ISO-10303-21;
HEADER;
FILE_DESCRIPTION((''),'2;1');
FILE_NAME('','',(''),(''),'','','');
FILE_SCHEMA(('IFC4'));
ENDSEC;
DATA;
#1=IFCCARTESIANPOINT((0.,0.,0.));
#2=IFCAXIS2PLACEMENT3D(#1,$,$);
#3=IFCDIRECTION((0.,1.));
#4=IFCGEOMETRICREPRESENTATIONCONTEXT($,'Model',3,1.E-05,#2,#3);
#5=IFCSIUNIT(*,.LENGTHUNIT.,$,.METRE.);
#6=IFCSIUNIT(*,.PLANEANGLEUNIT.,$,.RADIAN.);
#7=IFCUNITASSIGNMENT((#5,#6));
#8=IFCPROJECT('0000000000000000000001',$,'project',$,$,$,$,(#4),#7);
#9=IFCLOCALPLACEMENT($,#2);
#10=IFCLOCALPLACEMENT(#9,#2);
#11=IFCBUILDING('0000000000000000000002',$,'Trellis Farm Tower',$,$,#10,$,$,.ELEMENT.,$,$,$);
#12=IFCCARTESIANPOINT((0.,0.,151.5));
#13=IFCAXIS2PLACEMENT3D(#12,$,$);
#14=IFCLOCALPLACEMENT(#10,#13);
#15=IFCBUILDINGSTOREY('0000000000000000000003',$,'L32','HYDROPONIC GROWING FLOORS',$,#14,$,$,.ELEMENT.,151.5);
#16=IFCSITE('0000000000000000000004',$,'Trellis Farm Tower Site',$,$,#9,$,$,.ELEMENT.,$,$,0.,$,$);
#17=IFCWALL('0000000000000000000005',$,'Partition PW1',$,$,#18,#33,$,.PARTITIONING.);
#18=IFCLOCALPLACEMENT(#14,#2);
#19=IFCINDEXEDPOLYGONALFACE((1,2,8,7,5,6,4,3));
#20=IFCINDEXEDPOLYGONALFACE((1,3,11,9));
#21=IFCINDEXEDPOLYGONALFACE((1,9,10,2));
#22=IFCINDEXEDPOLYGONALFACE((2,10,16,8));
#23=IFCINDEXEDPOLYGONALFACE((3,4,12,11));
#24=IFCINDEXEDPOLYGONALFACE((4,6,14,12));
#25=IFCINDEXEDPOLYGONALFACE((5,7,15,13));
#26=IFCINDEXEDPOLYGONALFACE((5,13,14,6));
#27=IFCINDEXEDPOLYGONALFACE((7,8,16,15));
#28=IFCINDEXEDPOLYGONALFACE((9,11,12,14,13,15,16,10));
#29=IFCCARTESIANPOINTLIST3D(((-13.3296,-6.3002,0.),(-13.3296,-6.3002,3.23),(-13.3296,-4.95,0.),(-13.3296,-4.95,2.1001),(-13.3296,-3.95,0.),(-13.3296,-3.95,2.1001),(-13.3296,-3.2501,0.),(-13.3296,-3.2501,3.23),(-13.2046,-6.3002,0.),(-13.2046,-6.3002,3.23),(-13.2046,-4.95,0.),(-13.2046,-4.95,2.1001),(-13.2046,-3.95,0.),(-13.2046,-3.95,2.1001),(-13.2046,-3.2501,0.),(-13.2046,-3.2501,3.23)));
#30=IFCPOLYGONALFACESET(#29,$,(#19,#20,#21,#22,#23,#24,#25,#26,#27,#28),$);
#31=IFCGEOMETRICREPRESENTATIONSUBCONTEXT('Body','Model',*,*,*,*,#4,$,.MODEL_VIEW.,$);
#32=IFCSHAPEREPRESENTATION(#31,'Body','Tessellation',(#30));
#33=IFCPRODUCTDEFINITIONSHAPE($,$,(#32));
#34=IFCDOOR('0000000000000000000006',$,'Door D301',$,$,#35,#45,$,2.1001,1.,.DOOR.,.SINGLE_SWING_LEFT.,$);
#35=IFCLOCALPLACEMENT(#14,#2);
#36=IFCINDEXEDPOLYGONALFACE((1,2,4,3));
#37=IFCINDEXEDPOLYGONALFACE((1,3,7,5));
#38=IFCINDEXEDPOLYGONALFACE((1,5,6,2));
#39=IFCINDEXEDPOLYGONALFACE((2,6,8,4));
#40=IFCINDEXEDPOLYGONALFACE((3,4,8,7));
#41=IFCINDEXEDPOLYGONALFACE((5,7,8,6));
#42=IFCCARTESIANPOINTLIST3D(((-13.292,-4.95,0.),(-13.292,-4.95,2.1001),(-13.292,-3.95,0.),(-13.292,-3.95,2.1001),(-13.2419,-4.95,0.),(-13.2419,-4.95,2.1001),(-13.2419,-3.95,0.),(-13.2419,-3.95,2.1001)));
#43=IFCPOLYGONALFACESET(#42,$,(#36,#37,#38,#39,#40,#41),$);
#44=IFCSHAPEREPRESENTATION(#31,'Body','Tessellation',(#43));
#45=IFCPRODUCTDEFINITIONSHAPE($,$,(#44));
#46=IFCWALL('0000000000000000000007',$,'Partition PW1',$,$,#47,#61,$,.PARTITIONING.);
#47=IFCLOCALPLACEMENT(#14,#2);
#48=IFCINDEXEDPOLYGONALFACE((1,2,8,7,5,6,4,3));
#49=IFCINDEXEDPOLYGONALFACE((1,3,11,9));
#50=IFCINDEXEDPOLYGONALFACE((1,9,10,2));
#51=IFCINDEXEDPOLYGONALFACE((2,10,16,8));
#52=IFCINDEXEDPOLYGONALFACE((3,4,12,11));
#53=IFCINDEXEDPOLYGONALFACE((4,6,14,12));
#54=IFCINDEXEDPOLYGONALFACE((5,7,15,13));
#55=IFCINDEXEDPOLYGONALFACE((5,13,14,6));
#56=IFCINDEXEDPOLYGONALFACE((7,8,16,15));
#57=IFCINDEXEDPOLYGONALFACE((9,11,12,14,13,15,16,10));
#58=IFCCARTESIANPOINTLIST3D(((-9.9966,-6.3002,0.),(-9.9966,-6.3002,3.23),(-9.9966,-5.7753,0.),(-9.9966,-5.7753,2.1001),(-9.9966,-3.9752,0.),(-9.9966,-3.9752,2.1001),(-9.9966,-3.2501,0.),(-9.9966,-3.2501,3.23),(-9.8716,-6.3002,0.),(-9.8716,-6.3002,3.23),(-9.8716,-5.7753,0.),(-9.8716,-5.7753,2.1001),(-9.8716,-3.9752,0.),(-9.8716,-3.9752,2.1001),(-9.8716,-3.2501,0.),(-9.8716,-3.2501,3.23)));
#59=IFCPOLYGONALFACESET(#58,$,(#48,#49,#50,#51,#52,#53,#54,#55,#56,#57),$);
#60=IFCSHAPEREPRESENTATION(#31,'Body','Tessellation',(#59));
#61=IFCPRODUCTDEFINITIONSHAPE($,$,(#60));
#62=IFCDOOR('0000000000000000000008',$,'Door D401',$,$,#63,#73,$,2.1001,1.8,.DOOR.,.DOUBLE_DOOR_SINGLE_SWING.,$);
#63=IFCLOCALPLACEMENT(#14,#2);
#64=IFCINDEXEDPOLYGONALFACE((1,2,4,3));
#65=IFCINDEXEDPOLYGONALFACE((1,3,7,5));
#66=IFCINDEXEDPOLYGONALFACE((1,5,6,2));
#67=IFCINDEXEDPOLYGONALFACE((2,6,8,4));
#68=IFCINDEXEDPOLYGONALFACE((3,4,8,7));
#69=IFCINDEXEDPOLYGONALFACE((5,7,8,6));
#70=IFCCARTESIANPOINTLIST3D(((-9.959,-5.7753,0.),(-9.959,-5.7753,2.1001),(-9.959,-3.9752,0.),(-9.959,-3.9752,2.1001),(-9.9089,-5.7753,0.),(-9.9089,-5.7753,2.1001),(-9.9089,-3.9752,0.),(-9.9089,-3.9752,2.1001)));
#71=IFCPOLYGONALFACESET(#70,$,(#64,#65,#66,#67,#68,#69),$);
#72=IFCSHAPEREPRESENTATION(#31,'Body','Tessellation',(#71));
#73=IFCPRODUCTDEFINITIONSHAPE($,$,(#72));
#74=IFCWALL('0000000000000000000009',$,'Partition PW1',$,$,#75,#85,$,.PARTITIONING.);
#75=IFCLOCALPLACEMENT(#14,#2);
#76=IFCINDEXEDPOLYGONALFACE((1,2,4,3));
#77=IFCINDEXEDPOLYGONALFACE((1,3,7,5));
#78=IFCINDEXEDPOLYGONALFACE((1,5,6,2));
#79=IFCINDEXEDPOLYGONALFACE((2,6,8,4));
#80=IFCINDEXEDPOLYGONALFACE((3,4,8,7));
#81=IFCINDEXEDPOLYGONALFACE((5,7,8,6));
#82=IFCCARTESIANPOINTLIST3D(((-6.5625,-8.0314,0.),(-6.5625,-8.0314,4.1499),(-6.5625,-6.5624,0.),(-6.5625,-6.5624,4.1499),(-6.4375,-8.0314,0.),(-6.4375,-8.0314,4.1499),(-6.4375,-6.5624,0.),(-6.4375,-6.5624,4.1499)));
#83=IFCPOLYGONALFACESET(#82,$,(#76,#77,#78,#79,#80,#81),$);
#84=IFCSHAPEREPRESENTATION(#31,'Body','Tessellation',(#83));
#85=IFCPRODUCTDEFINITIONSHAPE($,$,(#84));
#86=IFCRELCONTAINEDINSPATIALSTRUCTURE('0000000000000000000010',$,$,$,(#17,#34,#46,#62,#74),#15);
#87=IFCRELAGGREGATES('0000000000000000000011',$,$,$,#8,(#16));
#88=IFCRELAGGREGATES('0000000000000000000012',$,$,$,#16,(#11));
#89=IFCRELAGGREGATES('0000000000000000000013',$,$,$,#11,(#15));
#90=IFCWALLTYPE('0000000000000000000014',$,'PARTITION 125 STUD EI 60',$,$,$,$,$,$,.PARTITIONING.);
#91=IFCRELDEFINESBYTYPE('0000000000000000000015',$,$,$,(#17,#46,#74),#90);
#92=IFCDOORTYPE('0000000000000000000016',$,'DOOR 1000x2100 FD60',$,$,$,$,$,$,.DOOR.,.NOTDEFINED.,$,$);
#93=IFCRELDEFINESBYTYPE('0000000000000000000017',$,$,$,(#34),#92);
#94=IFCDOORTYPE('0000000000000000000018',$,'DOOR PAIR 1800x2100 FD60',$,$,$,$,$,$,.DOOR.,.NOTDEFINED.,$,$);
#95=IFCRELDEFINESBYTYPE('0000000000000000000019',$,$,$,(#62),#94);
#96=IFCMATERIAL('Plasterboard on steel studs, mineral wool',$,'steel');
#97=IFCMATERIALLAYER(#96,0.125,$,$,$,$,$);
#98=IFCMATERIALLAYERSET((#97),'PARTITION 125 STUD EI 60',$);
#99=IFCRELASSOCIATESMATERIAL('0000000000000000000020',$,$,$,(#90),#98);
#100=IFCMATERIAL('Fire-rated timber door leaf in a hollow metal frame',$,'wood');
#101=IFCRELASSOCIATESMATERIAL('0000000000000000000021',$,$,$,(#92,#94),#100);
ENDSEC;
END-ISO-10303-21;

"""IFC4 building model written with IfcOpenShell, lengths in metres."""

from ifc_helpers import new_model, si_unit, direction, frame, frame_2d, origin, place, context, subcontext, project, spatial, rectangle, extrude, source, transform, mapped, material, layer, layer_set, type_object, element, fill, save


model = new_model("IFC4")

# Units and contexts
model_context = context("Model", 3, precision=1e-05, world=origin(), true_north=direction((0.0, 1.0)))
body_context = subcontext(model_context, "Body", "Model", "MODEL_VIEW")
ifc_project = project(units=[si_unit("LENGTHUNIT", "METRE"), si_unit("PLANEANGLEUNIT", "RADIAN")], contexts=[model_context])

# Site, building, storey
site_placement = place(None, origin())
site = spatial("IfcSite", under=ifc_project, at=site_placement, Name="Trellis Farm Tower Site", CompositionType="ELEMENT", RefElevation=0.0)
building_placement = place(site_placement, origin())
building = spatial("IfcBuilding", under=site, at=building_placement, Name="Trellis Farm Tower", CompositionType="ELEMENT")
storey_placement = place(building_placement, frame((0.0, 0.0, 151.5)))
storey = spatial("IfcBuildingStorey", under=building, at=storey_placement, Name="L32", Description="HYDROPONIC GROWING FLOORS", CompositionType="ELEMENT", Elevation=151.5)

# Walls, openings, doors
ifc_material_1 = material(Name="Plasterboard on steel studs, mineral wool", Category="steel")
ifc_layer_1 = layer(ifc_material_1, 0.125)
ifc_layer_set_1 = layer_set([ifc_layer_1], Name="PARTITION 125 STUD EI 60")
wall_type_1 = type_object("IfcWallType", Name="PARTITION 125 STUD EI 60", PredefinedType="PARTITIONING", material=ifc_layer_set_1)
shared_shape_1 = source(origin(), body_context, "Body", "SweptSolid", [
    extrude(rectangle(XDim=3.05, YDim=0.125, at=frame_2d((1.5249, 0.0))), origin(), (0.0, 0.0, 1.0), 3.23),
])
wall_1_placement = place(storey_placement, frame((-13.2671, -6.3, 0.0), z_axis=(0.0, 0.0, 1.0), x_axis=(0.0, 1.0, 0.0)))
wall_1 = element("IfcWall", 1, at=wall_1_placement, inside=storey, type_object=wall_type_1, Name="Partition PW1", PredefinedType="PARTITIONING", context=body_context, shape_type="MappedRepresentation", body=[
    mapped(shared_shape_1, transform((0.0, 0.0, 0.0))),
])
shared_shape_2 = source(origin(), body_context, "Body", "SweptSolid", [
    extrude(rectangle(XDim=1.0, YDim=2.1001, at=frame_2d((0.5, 1.05))), frame((0.0, 0.0725, 0.0), z_axis=(0.0, -1.0, 0.0), x_axis=(1.0, 0.0, 0.0)), (0.0, 0.0, 1.0), 0.145),
])
opening_1_placement = place(wall_1_placement, frame((1.3501, 0.0, 0.0)))
opening_1 = element("IfcOpeningElement", 2, at=opening_1_placement, cuts=wall_1, PredefinedType="OPENING", context=body_context, shape_type="MappedRepresentation", body=[
    mapped(shared_shape_2, transform((0.0, 0.0, 0.0))),
])
ifc_material_2 = material(Name="Fire-rated timber door leaf in a hollow metal frame", Category="wood")
door_type_1 = type_object("IfcDoorType", Name="DOOR 1000x2100 FD60", OperationType="NOTDEFINED", PredefinedType="DOOR", material=ifc_material_2)
shared_shape_3 = source(origin(), body_context, "Body", "SweptSolid", [
    extrude(rectangle(XDim=1.0, YDim=2.1001, at=frame_2d((0.5, 1.05))), frame((0.0, 0.0249, 0.0), z_axis=(0.0, -1.0, 0.0), x_axis=(1.0, 0.0, 0.0)), (0.0, 0.0, 1.0), 0.05),
])
door_1_placement = place(opening_1_placement, origin())
door_1 = element("IfcDoor", 3, at=door_1_placement, inside=storey, type_object=door_type_1, Name="Door D301", OperationType="SINGLE_SWING_LEFT", OverallHeight=2.1001, OverallWidth=1.0, PredefinedType="DOOR", context=body_context, shape_type="MappedRepresentation", body=[
    mapped(shared_shape_3, transform((0.0, 0.0, 0.0))),
])
fill(opening_1, door_1)
wall_2_placement = place(storey_placement, frame((-9.9341, -6.3, 0.0), z_axis=(0.0, 0.0, 1.0), x_axis=(0.0, 1.0, 0.0)))
wall_2 = element("IfcWall", 4, at=wall_2_placement, inside=storey, type_object=wall_type_1, Name="Partition PW1", PredefinedType="PARTITIONING", context=body_context, shape_type="MappedRepresentation", body=[
    mapped(shared_shape_1, transform((0.0, 0.0, 0.0))),
])
shared_shape_4 = source(origin(), body_context, "Body", "SweptSolid", [
    extrude(rectangle(XDim=1.8, YDim=2.1001, at=frame_2d((0.8999, 1.05))), frame((0.0, 0.0725, 0.0), z_axis=(0.0, -1.0, 0.0), x_axis=(1.0, 0.0, 0.0)), (0.0, 0.0, 1.0), 0.145),
])
opening_2_placement = place(wall_2_placement, frame((0.5249, 0.0, 0.0)))
opening_2 = element("IfcOpeningElement", 5, at=opening_2_placement, cuts=wall_2, PredefinedType="OPENING", context=body_context, shape_type="MappedRepresentation", body=[
    mapped(shared_shape_4, transform((0.0, 0.0, 0.0))),
])
door_type_2 = type_object("IfcDoorType", Name="DOOR PAIR 1800x2100 FD60", OperationType="NOTDEFINED", PredefinedType="DOOR", material=ifc_material_2)
shared_shape_5 = source(origin(), body_context, "Body", "SweptSolid", [
    extrude(rectangle(XDim=1.8, YDim=2.1001, at=frame_2d((0.8999, 1.05))), frame((0.0, 0.0249, 0.0), z_axis=(0.0, -1.0, 0.0), x_axis=(1.0, 0.0, 0.0)), (0.0, 0.0, 1.0), 0.05),
])
door_2_placement = place(opening_2_placement, origin())
door_2 = element("IfcDoor", 6, at=door_2_placement, inside=storey, type_object=door_type_2, Name="Door D401", OperationType="DOUBLE_DOOR_SINGLE_SWING", OverallHeight=2.1001, OverallWidth=1.8, PredefinedType="DOOR", context=body_context, shape_type="MappedRepresentation", body=[
    mapped(shared_shape_5, transform((0.0, 0.0, 0.0))),
])
fill(opening_2, door_2)

# Wall
shared_shape_6 = source(origin(), body_context, "Body", "SweptSolid", [
    extrude(rectangle(XDim=1.469, YDim=0.125, at=frame_2d((0.7344, 0.0))), origin(), (0.0, 0.0, 1.0), 4.1499),
])
wall_3_placement = place(storey_placement, frame((-6.5, -6.5625, 0.0), z_axis=(0.0, 0.0, 1.0), x_axis=(0.0, -1.0, 0.0)))
element("IfcWall", 7, at=wall_3_placement, inside=storey, type_object=wall_type_1, Name="Partition PW1", PredefinedType="PARTITIONING", context=body_context, shape_type="MappedRepresentation", body=[
    mapped(shared_shape_6, transform((0.0, 0.0, 0.0))),
])

save(model, "model.ifc")
